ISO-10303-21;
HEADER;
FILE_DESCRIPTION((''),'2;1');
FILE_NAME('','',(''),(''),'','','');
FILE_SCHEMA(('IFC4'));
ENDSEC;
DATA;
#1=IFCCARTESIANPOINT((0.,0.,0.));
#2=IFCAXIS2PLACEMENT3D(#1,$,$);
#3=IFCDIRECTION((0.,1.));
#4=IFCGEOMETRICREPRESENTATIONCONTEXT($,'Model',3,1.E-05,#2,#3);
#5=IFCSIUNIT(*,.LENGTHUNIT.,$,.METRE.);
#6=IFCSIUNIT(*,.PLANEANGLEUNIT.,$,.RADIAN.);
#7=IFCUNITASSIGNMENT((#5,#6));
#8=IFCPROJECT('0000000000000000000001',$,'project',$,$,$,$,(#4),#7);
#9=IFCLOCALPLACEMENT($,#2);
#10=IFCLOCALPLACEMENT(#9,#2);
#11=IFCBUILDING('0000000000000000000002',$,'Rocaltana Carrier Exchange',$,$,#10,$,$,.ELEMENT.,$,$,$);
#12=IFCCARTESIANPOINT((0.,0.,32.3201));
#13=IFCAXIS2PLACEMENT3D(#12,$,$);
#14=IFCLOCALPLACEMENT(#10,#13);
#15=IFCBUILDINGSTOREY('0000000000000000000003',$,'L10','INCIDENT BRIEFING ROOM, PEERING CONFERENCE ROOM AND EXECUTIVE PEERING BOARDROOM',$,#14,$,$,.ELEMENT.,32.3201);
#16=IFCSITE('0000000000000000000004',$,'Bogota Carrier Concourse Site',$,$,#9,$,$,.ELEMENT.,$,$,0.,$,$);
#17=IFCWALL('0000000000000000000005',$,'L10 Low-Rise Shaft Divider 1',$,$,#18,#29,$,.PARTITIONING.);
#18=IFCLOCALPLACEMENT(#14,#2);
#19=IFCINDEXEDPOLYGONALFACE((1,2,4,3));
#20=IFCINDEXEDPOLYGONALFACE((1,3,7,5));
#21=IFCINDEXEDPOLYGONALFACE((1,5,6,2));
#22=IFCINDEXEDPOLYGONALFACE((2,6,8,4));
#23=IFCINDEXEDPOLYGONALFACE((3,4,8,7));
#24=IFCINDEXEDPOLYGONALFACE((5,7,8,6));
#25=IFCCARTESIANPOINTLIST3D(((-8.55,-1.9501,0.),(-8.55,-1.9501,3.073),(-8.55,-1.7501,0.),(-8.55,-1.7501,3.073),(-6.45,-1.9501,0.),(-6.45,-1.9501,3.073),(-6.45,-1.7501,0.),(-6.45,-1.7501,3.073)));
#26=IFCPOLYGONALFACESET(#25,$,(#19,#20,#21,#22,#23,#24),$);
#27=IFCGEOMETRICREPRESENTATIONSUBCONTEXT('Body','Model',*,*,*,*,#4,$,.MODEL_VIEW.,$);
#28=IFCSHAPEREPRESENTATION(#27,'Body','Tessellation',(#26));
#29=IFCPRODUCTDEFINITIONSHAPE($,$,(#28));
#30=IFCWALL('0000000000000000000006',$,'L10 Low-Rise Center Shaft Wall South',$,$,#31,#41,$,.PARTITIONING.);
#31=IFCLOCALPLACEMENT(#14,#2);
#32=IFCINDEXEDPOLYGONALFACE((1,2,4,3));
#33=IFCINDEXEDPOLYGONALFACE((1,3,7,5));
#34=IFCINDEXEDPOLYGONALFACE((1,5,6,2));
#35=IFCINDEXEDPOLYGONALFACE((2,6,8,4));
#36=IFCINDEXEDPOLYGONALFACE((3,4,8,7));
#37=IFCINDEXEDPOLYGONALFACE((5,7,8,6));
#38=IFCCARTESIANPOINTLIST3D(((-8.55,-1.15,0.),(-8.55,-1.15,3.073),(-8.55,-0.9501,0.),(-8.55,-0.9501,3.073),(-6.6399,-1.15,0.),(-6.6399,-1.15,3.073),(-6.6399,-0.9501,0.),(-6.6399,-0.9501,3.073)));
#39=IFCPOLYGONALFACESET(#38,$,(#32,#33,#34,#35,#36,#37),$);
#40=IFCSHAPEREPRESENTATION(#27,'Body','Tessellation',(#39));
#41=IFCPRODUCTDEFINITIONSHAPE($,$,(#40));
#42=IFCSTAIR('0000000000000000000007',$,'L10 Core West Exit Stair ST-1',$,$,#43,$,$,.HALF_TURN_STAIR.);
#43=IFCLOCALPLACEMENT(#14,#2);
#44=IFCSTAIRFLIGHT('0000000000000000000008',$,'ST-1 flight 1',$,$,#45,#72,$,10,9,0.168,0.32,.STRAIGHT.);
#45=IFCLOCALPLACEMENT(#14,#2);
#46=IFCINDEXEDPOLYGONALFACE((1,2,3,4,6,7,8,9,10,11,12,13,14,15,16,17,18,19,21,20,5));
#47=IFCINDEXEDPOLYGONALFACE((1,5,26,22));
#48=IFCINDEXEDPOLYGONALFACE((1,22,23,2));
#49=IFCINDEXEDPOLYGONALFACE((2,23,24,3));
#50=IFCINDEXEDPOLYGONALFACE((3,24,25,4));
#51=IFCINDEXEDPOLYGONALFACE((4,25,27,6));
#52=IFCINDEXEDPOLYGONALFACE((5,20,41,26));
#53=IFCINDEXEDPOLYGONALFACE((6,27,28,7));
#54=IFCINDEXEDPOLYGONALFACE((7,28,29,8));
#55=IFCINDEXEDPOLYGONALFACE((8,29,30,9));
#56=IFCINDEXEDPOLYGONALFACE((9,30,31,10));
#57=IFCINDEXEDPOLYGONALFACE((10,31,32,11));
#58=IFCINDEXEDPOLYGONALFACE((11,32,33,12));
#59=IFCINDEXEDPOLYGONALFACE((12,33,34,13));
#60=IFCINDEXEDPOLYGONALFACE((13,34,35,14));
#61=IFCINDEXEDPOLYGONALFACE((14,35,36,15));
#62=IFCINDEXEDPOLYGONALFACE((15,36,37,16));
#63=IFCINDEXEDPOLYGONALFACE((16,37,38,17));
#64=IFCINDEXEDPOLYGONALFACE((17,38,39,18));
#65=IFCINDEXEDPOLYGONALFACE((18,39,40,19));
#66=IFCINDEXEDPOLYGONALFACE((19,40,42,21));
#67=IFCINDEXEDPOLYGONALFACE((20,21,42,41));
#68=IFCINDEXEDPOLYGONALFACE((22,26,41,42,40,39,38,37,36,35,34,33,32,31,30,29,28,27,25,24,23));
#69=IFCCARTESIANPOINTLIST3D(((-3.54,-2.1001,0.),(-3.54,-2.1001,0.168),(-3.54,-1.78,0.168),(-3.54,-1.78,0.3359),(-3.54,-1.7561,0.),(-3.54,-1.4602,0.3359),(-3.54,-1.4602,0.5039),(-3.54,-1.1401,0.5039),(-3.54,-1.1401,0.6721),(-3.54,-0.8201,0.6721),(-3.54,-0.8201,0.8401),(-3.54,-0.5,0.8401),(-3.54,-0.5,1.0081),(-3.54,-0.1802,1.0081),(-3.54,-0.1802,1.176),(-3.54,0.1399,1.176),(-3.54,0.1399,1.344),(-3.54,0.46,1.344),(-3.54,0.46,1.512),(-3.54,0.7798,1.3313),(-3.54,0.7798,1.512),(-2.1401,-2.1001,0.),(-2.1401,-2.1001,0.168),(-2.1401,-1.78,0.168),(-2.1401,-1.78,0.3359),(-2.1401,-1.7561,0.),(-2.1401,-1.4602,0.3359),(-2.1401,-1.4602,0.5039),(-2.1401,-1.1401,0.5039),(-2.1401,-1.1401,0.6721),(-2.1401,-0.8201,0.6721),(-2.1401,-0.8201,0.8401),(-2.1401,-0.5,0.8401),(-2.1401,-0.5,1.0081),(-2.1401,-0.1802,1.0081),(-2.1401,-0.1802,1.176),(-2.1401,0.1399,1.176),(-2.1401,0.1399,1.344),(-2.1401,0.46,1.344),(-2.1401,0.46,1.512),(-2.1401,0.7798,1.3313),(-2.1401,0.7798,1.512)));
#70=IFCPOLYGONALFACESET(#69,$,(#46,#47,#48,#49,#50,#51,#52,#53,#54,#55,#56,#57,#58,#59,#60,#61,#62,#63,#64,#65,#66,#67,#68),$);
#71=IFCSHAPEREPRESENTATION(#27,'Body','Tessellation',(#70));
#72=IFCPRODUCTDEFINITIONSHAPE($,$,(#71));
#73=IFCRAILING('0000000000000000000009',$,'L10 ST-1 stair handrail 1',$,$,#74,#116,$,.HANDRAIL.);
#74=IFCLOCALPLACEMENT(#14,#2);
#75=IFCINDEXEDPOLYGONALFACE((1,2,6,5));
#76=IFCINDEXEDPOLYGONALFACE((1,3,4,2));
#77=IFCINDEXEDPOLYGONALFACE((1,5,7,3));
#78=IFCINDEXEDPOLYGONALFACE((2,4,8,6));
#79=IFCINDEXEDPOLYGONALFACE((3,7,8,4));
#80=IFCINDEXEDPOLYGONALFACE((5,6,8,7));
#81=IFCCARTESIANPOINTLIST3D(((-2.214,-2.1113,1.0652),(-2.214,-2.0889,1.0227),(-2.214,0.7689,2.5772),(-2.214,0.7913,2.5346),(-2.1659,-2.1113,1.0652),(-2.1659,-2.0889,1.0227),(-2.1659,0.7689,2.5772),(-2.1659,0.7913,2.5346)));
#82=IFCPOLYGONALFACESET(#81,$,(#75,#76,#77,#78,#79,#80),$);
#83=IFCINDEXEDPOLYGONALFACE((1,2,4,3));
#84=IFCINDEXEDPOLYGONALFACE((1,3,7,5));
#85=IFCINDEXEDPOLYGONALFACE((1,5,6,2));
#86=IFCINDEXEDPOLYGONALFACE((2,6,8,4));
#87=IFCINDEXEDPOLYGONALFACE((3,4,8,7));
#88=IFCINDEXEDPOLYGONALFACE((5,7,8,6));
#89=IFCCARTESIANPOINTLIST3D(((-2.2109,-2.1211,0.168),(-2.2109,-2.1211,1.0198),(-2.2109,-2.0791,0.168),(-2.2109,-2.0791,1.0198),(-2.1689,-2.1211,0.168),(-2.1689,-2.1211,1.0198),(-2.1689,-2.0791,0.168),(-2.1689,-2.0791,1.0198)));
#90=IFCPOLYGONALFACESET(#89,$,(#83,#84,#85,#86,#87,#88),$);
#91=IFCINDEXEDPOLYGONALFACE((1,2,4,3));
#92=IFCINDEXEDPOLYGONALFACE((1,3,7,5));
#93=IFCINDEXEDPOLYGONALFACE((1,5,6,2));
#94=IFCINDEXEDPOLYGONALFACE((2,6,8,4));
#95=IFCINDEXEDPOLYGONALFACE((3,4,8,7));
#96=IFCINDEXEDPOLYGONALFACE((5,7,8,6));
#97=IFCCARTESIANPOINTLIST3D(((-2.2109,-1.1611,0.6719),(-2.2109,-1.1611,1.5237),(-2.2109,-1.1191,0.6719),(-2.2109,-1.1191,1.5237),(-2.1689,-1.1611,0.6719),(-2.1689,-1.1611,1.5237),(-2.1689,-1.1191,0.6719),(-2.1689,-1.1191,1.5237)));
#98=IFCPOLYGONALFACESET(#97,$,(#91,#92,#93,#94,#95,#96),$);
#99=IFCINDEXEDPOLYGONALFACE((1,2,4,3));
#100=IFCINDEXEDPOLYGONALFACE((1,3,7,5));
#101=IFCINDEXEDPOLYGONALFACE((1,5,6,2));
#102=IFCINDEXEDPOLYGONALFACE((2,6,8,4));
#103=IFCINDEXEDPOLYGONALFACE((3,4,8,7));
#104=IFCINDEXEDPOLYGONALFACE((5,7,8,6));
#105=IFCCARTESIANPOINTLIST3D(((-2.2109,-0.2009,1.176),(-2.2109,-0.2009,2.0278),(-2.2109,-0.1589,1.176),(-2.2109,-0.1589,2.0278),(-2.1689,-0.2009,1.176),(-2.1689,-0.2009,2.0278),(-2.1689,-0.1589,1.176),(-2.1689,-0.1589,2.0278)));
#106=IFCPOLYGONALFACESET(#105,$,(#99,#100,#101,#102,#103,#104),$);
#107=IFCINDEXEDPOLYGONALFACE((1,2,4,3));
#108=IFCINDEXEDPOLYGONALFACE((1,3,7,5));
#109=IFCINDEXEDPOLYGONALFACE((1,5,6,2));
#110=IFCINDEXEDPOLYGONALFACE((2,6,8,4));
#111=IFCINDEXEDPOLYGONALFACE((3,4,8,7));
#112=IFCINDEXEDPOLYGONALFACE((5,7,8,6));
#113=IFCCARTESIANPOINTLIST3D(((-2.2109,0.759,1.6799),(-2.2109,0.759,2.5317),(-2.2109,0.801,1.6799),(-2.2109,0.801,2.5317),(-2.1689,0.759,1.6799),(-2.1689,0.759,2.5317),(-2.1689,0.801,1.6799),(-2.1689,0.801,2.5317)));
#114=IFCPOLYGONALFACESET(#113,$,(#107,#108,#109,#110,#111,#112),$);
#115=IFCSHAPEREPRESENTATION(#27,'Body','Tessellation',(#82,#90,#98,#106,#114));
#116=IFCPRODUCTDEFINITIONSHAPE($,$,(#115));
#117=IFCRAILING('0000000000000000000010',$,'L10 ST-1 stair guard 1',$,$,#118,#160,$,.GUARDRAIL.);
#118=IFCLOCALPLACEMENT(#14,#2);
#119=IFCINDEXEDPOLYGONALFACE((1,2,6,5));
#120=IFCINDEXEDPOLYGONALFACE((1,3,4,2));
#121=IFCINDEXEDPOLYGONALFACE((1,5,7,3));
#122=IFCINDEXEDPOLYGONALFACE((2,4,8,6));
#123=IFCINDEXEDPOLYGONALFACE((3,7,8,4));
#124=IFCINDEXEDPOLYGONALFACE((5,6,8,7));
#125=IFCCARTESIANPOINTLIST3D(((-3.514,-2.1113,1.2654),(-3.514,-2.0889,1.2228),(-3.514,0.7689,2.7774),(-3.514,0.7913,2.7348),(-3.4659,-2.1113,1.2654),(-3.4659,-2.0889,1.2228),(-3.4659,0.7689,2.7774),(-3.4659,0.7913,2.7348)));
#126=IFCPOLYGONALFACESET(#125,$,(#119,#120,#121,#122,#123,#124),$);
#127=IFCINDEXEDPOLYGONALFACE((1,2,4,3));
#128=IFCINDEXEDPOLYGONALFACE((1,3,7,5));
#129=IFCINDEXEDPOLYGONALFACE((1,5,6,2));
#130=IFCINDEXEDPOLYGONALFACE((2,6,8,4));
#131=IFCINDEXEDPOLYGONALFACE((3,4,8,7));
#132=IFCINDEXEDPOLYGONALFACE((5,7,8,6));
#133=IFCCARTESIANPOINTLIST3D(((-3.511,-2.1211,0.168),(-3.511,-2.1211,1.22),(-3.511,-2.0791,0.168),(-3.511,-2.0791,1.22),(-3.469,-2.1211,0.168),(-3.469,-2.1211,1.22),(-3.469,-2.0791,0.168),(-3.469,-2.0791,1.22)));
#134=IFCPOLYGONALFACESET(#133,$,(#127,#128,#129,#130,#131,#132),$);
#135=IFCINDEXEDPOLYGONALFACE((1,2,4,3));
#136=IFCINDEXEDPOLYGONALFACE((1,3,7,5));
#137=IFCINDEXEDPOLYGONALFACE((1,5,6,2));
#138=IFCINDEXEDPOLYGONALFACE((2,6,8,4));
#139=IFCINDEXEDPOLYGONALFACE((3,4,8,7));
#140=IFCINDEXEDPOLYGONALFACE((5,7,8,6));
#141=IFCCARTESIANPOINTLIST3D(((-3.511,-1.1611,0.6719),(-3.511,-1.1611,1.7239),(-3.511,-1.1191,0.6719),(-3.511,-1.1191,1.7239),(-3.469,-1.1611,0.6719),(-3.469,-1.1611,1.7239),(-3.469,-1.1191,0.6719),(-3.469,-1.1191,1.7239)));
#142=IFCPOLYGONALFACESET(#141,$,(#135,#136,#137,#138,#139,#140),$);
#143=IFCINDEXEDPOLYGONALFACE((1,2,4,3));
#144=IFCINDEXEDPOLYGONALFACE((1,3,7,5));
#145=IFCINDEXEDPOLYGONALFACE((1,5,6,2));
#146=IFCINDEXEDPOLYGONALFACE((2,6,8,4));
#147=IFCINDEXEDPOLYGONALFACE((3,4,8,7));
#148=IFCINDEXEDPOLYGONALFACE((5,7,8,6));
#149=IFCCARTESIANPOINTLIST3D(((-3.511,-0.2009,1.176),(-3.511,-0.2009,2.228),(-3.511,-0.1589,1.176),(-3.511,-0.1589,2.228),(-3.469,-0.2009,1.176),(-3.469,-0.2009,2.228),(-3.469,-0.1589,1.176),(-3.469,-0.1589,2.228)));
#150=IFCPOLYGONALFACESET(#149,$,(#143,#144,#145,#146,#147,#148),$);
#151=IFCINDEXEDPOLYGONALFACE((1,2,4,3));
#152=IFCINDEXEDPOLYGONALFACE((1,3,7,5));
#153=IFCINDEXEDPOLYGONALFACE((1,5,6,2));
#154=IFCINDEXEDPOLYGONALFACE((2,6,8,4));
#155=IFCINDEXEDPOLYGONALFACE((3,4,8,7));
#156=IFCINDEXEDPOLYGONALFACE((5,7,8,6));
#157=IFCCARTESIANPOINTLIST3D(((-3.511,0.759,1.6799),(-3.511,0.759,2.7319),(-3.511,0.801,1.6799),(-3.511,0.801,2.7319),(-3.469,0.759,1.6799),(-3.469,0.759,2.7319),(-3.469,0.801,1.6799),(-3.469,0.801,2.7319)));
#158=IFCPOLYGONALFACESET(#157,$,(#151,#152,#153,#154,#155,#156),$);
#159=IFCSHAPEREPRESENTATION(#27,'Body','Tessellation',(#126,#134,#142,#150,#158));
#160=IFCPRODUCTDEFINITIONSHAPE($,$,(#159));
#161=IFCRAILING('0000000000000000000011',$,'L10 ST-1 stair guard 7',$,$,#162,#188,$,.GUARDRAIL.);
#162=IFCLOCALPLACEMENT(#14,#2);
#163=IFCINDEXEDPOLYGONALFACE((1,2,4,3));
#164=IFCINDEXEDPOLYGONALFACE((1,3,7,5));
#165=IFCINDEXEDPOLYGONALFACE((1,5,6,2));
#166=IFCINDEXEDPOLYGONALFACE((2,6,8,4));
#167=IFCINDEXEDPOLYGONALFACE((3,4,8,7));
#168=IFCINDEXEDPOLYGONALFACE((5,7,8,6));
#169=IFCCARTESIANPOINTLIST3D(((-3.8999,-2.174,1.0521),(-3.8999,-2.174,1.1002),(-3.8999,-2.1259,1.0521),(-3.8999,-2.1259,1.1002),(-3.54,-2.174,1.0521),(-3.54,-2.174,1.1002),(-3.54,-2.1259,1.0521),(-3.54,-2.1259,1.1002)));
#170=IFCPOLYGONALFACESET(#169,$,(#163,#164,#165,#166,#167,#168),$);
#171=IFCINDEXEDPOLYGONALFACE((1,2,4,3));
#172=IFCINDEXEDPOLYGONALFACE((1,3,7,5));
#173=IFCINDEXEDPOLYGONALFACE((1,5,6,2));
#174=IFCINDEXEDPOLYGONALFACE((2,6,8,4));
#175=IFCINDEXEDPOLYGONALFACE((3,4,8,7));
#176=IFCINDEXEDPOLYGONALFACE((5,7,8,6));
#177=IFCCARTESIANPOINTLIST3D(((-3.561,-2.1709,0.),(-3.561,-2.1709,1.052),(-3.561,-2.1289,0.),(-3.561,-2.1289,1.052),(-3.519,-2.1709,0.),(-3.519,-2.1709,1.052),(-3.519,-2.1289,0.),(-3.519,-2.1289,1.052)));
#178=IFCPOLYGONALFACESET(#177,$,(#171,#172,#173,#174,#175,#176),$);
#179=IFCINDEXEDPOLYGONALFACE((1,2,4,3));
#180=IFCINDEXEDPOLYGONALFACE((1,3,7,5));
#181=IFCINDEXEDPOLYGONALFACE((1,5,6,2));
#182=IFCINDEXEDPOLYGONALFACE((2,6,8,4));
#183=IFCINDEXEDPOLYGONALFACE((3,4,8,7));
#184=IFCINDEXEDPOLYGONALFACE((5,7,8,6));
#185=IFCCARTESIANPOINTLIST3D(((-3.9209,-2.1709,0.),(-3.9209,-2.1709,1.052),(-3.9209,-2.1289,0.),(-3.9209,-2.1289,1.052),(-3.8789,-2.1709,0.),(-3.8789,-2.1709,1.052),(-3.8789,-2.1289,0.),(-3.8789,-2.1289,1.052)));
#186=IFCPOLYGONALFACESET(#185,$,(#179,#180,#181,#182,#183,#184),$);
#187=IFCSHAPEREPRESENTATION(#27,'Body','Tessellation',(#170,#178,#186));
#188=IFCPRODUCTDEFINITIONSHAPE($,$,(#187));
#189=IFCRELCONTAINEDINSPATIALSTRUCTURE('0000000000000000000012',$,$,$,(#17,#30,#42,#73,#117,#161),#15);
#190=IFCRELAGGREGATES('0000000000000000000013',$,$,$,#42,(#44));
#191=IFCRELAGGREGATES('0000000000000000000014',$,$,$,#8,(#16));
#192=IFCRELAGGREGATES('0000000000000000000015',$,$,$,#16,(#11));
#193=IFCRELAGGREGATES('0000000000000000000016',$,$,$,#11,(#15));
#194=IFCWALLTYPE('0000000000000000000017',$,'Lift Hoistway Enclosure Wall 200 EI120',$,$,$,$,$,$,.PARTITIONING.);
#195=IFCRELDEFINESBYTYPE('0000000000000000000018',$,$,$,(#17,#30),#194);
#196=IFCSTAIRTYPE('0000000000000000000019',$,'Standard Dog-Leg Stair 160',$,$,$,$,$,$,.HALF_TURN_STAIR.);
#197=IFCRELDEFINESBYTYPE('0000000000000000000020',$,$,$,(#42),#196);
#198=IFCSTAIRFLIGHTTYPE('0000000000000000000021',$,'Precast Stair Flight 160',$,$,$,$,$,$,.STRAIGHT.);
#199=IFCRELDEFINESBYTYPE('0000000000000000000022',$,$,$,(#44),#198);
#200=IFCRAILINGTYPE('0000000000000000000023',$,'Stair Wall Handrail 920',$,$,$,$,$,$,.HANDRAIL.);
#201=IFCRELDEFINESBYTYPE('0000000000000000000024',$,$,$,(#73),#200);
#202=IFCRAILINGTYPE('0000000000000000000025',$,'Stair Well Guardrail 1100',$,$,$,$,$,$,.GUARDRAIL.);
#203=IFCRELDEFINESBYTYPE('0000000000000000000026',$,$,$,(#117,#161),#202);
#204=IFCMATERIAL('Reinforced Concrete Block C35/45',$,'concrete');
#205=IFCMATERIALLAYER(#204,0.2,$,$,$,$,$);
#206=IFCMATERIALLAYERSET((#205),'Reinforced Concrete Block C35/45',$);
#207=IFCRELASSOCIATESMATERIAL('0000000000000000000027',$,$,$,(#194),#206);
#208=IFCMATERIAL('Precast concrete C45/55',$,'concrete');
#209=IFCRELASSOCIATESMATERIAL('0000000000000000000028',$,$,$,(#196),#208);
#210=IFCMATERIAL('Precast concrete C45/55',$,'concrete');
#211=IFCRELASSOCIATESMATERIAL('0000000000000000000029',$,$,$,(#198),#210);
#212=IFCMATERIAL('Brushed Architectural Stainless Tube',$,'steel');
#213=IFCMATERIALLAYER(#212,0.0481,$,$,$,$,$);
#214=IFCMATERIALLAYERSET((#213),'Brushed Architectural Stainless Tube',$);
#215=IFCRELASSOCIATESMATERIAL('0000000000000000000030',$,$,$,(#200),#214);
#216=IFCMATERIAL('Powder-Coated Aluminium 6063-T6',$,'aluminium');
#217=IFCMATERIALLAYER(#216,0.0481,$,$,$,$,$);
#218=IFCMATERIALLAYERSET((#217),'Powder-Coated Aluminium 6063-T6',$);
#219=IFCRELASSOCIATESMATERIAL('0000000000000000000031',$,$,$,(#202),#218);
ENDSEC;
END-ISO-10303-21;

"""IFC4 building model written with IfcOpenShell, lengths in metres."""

from ifc_helpers import new_model, si_unit, direction, frame, frame_2d, origin, origin_2d, place, context, subcontext, project, spatial, polyline, rectangle, outline, extrude, material, layer, layer_set, type_object, element, aggregate, save


model = new_model("IFC4")

# Units and contexts
model_context = context("Model", 3, precision=1e-05, world=origin(), true_north=direction((0.0, 1.0)))
body_context = subcontext(model_context, "Body", "Model", "MODEL_VIEW")
ifc_project = project(units=[si_unit("LENGTHUNIT", "METRE"), si_unit("PLANEANGLEUNIT", "RADIAN")], contexts=[model_context])

# Site, building, storey
site_placement = place(None, origin())
site = spatial("IfcSite", under=ifc_project, at=site_placement, Name="Bogota Carrier Concourse Site", CompositionType="ELEMENT", RefElevation=0.0)
building_placement = place(site_placement, origin())
building = spatial("IfcBuilding", under=site, at=building_placement, Name="Rocaltana Carrier Exchange", CompositionType="ELEMENT")
storey_placement = place(building_placement, frame((0.0, 0.0, 32.3201)))
storey = spatial("IfcBuildingStorey", under=building, at=storey_placement, Name="L10", Description="INCIDENT BRIEFING ROOM, PEERING CONFERENCE ROOM AND EXECUTIVE PEERING BOARDROOM", CompositionType="ELEMENT", Elevation=32.3201)

# Walls
ifc_material_1 = material(Name="Reinforced Concrete Block C35/45", Category="concrete")
ifc_layer_1 = layer(ifc_material_1, 0.2)
ifc_layer_set_1 = layer_set([ifc_layer_1], Name="Reinforced Concrete Block C35/45")
wall_type_1 = type_object("IfcWallType", Name="Lift Hoistway Enclosure Wall 200 EI120", PredefinedType="PARTITIONING", material=ifc_layer_set_1)
wall_1_placement = place(storey_placement, frame((-8.55, -1.8501, 0.0), z_axis=(0.0, 0.0, 1.0), x_axis=(1.0, 0.0, 0.0)))
element("IfcWall", 1, at=wall_1_placement, inside=storey, type_object=wall_type_1, Name="L10 Low-Rise Shaft Divider 1", PredefinedType="PARTITIONING", context=body_context, shape_type="SweptSolid", body=[
    extrude(rectangle(XDim=2.1001, YDim=0.2, at=frame_2d((1.05, 0.0))), origin(), (0.0, 0.0, 1.0), 3.073),
])
wall_2_placement = place(storey_placement, frame((-8.55, -1.05, 0.0), z_axis=(0.0, 0.0, 1.0), x_axis=(1.0, 0.0, 0.0)))
element("IfcWall", 2, at=wall_2_placement, inside=storey, type_object=wall_type_1, Name="L10 Low-Rise Center Shaft Wall South", PredefinedType="PARTITIONING", context=body_context, shape_type="SweptSolid", body=[
    extrude(rectangle(XDim=1.9102, YDim=0.2, at=frame_2d((0.9551, 0.0))), origin(), (0.0, 0.0, 1.0), 3.073),
])

# Stair, stair flight
ifc_material_2 = material(Name="Precast concrete C45/55", Category="concrete")
stair_type = type_object("IfcStairType", Name="Standard Dog-Leg Stair 160", PredefinedType="HALF_TURN_STAIR", material=ifc_material_2)
stair_placement = place(storey_placement, origin())
stair = element("IfcStair", 3, at=stair_placement, inside=storey, type_object=stair_type, Name="L10 Core West Exit Stair ST-1", PredefinedType="HALF_TURN_STAIR")
ifc_material_3 = material(Name="Precast concrete C45/55", Category="concrete")
stair_flight_type = type_object("IfcStairFlightType", Name="Precast Stair Flight 160", PredefinedType="STRAIGHT", material=ifc_material_3)
stair_flight_placement = place(storey_placement, frame((-2.8401, -2.1001, 0.0), z_axis=(0.0, 0.0, 1.0), x_axis=(0.0, 1.0, 0.0)))
stair_flight = element("IfcStairFlight", 4, at=stair_flight_placement, type_object=stair_flight_type, Name="ST-1 flight 1", NumberOfRisers=10, NumberOfTreads=9, PredefinedType="STRAIGHT", RiserHeight=0.168, TreadLength=0.32, context=body_context, shape_type="SweptSolid", body=[
    extrude(outline(polyline([(0.0, 0.0), (0.0, 0.168), (0.3201, 0.168), (0.3201, 0.3359), (0.6399, 0.3359), (0.6399, 0.5039), (0.96, 0.5039), (0.96, 0.6721), (1.28, 0.6721), (1.28, 0.8401), (1.6001, 0.8401), (1.6001, 1.0081), (1.9199, 1.0081), (1.9199, 1.176), (2.24, 1.176), (2.24, 1.344), (2.5601, 1.344), (2.5601, 1.512), (2.8799, 1.512), (2.8799, 1.6799), (2.8799, 1.3313), (0.344, 0.0), (0.0, 0.0)])), frame((0.0, 0.7, 0.0), z_axis=(0.0, -1.0, 0.0), x_axis=(1.0, 0.0, 0.0)), (0.0, 0.0, 1.0), 1.3999),
])
aggregate(stair, [stair_flight])

# Railings
ifc_material_4 = material(Name="Brushed Architectural Stainless Tube", Category="steel")
ifc_layer_2 = layer(ifc_material_4, 0.0481)
ifc_layer_set_2 = layer_set([ifc_layer_2], Name="Brushed Architectural Stainless Tube")
railing_type_1 = type_object("IfcRailingType", Name="Stair Wall Handrail 920", PredefinedType="HANDRAIL", material=ifc_layer_set_2)
railing_1_placement = place(storey_placement, frame((-2.1899, -2.1001, 0.168)))
element("IfcRailing", 5, at=railing_1_placement, inside=storey, type_object=railing_type_1, Name="L10 ST-1 stair handrail 1", PredefinedType="HANDRAIL", context=body_context, shape_type="SweptSolid", body=[
    extrude(rectangle(XDim=0.0481, YDim=0.0481, at=origin_2d()), frame((0.0, 0.0, 0.876), z_axis=(0.0, 0.885411, 0.464809), x_axis=(-1.0, 0.0, 0.0)), (0.0, 0.0, 1.0), 3.2529),
    extrude(rectangle(XDim=0.042, YDim=0.042, at=origin_2d()), origin(), (0.0, 0.0, 1.0), 0.8518),
    extrude(rectangle(XDim=0.042, YDim=0.042, at=origin_2d()), frame((0.0, 0.96, 0.5039)), (0.0, 0.0, 1.0), 0.8518),
    extrude(rectangle(XDim=0.042, YDim=0.042, at=origin_2d()), frame((0.0, 1.9202, 1.0081)), (0.0, 0.0, 1.0), 0.8518),
    extrude(rectangle(XDim=0.042, YDim=0.042, at=origin_2d()), frame((0.0, 2.8801, 1.512)), (0.0, 0.0, 1.0), 0.8518),
])
ifc_material_5 = material(Name="Powder-Coated Aluminium 6063-T6", Category="aluminium")
ifc_layer_3 = layer(ifc_material_5, 0.0481)
ifc_layer_set_3 = layer_set([ifc_layer_3], Name="Powder-Coated Aluminium 6063-T6")
railing_type_2 = type_object("IfcRailingType", Name="Stair Well Guardrail 1100", PredefinedType="GUARDRAIL", material=ifc_layer_set_3)
railing_2_placement = place(storey_placement, frame((-3.49, -2.1001, 0.168)))
element("IfcRailing", 6, at=railing_2_placement, inside=storey, type_object=railing_type_2, Name="L10 ST-1 stair guard 1", PredefinedType="GUARDRAIL", context=body_context, shape_type="SweptSolid", body=[
    extrude(rectangle(XDim=0.0481, YDim=0.0481, at=origin_2d()), frame((0.0, 0.0, 1.0762), z_axis=(0.0, 0.885411, 0.464809), x_axis=(-1.0, 0.0, 0.0)), (0.0, 0.0, 1.0), 3.2529),
    extrude(rectangle(XDim=0.042, YDim=0.042, at=origin_2d()), origin(), (0.0, 0.0, 1.0), 1.052),
    extrude(rectangle(XDim=0.042, YDim=0.042, at=origin_2d()), frame((0.0, 0.96, 0.5039)), (0.0, 0.0, 1.0), 1.052),
    extrude(rectangle(XDim=0.042, YDim=0.042, at=origin_2d()), frame((0.0, 1.9202, 1.0081)), (0.0, 0.0, 1.0), 1.052),
    extrude(rectangle(XDim=0.042, YDim=0.042, at=origin_2d()), frame((0.0, 2.8801, 1.512)), (0.0, 0.0, 1.0), 1.052),
])
railing_3_placement = place(storey_placement, frame((-3.54, -2.1499, 0.0)))
element("IfcRailing", 7, at=railing_3_placement, inside=storey, type_object=railing_type_2, Name="L10 ST-1 stair guard 7", PredefinedType="GUARDRAIL", context=body_context, shape_type="SweptSolid", body=[
    extrude(rectangle(XDim=0.0481, YDim=0.0481, at=origin_2d()), frame((0.0, 0.0, 1.0762), z_axis=(-1.0, 0.0, 0.0), x_axis=(0.0, -1.0, 0.0)), (0.0, 0.0, 1.0), 0.3599),
    extrude(rectangle(XDim=0.042, YDim=0.042, at=origin_2d()), origin(), (0.0, 0.0, 1.0), 1.052),
    extrude(rectangle(XDim=0.042, YDim=0.042, at=origin_2d()), frame((-0.3599, 0.0, 0.0)), (0.0, 0.0, 1.0), 1.052),
])

save(model, "model.ifc")
